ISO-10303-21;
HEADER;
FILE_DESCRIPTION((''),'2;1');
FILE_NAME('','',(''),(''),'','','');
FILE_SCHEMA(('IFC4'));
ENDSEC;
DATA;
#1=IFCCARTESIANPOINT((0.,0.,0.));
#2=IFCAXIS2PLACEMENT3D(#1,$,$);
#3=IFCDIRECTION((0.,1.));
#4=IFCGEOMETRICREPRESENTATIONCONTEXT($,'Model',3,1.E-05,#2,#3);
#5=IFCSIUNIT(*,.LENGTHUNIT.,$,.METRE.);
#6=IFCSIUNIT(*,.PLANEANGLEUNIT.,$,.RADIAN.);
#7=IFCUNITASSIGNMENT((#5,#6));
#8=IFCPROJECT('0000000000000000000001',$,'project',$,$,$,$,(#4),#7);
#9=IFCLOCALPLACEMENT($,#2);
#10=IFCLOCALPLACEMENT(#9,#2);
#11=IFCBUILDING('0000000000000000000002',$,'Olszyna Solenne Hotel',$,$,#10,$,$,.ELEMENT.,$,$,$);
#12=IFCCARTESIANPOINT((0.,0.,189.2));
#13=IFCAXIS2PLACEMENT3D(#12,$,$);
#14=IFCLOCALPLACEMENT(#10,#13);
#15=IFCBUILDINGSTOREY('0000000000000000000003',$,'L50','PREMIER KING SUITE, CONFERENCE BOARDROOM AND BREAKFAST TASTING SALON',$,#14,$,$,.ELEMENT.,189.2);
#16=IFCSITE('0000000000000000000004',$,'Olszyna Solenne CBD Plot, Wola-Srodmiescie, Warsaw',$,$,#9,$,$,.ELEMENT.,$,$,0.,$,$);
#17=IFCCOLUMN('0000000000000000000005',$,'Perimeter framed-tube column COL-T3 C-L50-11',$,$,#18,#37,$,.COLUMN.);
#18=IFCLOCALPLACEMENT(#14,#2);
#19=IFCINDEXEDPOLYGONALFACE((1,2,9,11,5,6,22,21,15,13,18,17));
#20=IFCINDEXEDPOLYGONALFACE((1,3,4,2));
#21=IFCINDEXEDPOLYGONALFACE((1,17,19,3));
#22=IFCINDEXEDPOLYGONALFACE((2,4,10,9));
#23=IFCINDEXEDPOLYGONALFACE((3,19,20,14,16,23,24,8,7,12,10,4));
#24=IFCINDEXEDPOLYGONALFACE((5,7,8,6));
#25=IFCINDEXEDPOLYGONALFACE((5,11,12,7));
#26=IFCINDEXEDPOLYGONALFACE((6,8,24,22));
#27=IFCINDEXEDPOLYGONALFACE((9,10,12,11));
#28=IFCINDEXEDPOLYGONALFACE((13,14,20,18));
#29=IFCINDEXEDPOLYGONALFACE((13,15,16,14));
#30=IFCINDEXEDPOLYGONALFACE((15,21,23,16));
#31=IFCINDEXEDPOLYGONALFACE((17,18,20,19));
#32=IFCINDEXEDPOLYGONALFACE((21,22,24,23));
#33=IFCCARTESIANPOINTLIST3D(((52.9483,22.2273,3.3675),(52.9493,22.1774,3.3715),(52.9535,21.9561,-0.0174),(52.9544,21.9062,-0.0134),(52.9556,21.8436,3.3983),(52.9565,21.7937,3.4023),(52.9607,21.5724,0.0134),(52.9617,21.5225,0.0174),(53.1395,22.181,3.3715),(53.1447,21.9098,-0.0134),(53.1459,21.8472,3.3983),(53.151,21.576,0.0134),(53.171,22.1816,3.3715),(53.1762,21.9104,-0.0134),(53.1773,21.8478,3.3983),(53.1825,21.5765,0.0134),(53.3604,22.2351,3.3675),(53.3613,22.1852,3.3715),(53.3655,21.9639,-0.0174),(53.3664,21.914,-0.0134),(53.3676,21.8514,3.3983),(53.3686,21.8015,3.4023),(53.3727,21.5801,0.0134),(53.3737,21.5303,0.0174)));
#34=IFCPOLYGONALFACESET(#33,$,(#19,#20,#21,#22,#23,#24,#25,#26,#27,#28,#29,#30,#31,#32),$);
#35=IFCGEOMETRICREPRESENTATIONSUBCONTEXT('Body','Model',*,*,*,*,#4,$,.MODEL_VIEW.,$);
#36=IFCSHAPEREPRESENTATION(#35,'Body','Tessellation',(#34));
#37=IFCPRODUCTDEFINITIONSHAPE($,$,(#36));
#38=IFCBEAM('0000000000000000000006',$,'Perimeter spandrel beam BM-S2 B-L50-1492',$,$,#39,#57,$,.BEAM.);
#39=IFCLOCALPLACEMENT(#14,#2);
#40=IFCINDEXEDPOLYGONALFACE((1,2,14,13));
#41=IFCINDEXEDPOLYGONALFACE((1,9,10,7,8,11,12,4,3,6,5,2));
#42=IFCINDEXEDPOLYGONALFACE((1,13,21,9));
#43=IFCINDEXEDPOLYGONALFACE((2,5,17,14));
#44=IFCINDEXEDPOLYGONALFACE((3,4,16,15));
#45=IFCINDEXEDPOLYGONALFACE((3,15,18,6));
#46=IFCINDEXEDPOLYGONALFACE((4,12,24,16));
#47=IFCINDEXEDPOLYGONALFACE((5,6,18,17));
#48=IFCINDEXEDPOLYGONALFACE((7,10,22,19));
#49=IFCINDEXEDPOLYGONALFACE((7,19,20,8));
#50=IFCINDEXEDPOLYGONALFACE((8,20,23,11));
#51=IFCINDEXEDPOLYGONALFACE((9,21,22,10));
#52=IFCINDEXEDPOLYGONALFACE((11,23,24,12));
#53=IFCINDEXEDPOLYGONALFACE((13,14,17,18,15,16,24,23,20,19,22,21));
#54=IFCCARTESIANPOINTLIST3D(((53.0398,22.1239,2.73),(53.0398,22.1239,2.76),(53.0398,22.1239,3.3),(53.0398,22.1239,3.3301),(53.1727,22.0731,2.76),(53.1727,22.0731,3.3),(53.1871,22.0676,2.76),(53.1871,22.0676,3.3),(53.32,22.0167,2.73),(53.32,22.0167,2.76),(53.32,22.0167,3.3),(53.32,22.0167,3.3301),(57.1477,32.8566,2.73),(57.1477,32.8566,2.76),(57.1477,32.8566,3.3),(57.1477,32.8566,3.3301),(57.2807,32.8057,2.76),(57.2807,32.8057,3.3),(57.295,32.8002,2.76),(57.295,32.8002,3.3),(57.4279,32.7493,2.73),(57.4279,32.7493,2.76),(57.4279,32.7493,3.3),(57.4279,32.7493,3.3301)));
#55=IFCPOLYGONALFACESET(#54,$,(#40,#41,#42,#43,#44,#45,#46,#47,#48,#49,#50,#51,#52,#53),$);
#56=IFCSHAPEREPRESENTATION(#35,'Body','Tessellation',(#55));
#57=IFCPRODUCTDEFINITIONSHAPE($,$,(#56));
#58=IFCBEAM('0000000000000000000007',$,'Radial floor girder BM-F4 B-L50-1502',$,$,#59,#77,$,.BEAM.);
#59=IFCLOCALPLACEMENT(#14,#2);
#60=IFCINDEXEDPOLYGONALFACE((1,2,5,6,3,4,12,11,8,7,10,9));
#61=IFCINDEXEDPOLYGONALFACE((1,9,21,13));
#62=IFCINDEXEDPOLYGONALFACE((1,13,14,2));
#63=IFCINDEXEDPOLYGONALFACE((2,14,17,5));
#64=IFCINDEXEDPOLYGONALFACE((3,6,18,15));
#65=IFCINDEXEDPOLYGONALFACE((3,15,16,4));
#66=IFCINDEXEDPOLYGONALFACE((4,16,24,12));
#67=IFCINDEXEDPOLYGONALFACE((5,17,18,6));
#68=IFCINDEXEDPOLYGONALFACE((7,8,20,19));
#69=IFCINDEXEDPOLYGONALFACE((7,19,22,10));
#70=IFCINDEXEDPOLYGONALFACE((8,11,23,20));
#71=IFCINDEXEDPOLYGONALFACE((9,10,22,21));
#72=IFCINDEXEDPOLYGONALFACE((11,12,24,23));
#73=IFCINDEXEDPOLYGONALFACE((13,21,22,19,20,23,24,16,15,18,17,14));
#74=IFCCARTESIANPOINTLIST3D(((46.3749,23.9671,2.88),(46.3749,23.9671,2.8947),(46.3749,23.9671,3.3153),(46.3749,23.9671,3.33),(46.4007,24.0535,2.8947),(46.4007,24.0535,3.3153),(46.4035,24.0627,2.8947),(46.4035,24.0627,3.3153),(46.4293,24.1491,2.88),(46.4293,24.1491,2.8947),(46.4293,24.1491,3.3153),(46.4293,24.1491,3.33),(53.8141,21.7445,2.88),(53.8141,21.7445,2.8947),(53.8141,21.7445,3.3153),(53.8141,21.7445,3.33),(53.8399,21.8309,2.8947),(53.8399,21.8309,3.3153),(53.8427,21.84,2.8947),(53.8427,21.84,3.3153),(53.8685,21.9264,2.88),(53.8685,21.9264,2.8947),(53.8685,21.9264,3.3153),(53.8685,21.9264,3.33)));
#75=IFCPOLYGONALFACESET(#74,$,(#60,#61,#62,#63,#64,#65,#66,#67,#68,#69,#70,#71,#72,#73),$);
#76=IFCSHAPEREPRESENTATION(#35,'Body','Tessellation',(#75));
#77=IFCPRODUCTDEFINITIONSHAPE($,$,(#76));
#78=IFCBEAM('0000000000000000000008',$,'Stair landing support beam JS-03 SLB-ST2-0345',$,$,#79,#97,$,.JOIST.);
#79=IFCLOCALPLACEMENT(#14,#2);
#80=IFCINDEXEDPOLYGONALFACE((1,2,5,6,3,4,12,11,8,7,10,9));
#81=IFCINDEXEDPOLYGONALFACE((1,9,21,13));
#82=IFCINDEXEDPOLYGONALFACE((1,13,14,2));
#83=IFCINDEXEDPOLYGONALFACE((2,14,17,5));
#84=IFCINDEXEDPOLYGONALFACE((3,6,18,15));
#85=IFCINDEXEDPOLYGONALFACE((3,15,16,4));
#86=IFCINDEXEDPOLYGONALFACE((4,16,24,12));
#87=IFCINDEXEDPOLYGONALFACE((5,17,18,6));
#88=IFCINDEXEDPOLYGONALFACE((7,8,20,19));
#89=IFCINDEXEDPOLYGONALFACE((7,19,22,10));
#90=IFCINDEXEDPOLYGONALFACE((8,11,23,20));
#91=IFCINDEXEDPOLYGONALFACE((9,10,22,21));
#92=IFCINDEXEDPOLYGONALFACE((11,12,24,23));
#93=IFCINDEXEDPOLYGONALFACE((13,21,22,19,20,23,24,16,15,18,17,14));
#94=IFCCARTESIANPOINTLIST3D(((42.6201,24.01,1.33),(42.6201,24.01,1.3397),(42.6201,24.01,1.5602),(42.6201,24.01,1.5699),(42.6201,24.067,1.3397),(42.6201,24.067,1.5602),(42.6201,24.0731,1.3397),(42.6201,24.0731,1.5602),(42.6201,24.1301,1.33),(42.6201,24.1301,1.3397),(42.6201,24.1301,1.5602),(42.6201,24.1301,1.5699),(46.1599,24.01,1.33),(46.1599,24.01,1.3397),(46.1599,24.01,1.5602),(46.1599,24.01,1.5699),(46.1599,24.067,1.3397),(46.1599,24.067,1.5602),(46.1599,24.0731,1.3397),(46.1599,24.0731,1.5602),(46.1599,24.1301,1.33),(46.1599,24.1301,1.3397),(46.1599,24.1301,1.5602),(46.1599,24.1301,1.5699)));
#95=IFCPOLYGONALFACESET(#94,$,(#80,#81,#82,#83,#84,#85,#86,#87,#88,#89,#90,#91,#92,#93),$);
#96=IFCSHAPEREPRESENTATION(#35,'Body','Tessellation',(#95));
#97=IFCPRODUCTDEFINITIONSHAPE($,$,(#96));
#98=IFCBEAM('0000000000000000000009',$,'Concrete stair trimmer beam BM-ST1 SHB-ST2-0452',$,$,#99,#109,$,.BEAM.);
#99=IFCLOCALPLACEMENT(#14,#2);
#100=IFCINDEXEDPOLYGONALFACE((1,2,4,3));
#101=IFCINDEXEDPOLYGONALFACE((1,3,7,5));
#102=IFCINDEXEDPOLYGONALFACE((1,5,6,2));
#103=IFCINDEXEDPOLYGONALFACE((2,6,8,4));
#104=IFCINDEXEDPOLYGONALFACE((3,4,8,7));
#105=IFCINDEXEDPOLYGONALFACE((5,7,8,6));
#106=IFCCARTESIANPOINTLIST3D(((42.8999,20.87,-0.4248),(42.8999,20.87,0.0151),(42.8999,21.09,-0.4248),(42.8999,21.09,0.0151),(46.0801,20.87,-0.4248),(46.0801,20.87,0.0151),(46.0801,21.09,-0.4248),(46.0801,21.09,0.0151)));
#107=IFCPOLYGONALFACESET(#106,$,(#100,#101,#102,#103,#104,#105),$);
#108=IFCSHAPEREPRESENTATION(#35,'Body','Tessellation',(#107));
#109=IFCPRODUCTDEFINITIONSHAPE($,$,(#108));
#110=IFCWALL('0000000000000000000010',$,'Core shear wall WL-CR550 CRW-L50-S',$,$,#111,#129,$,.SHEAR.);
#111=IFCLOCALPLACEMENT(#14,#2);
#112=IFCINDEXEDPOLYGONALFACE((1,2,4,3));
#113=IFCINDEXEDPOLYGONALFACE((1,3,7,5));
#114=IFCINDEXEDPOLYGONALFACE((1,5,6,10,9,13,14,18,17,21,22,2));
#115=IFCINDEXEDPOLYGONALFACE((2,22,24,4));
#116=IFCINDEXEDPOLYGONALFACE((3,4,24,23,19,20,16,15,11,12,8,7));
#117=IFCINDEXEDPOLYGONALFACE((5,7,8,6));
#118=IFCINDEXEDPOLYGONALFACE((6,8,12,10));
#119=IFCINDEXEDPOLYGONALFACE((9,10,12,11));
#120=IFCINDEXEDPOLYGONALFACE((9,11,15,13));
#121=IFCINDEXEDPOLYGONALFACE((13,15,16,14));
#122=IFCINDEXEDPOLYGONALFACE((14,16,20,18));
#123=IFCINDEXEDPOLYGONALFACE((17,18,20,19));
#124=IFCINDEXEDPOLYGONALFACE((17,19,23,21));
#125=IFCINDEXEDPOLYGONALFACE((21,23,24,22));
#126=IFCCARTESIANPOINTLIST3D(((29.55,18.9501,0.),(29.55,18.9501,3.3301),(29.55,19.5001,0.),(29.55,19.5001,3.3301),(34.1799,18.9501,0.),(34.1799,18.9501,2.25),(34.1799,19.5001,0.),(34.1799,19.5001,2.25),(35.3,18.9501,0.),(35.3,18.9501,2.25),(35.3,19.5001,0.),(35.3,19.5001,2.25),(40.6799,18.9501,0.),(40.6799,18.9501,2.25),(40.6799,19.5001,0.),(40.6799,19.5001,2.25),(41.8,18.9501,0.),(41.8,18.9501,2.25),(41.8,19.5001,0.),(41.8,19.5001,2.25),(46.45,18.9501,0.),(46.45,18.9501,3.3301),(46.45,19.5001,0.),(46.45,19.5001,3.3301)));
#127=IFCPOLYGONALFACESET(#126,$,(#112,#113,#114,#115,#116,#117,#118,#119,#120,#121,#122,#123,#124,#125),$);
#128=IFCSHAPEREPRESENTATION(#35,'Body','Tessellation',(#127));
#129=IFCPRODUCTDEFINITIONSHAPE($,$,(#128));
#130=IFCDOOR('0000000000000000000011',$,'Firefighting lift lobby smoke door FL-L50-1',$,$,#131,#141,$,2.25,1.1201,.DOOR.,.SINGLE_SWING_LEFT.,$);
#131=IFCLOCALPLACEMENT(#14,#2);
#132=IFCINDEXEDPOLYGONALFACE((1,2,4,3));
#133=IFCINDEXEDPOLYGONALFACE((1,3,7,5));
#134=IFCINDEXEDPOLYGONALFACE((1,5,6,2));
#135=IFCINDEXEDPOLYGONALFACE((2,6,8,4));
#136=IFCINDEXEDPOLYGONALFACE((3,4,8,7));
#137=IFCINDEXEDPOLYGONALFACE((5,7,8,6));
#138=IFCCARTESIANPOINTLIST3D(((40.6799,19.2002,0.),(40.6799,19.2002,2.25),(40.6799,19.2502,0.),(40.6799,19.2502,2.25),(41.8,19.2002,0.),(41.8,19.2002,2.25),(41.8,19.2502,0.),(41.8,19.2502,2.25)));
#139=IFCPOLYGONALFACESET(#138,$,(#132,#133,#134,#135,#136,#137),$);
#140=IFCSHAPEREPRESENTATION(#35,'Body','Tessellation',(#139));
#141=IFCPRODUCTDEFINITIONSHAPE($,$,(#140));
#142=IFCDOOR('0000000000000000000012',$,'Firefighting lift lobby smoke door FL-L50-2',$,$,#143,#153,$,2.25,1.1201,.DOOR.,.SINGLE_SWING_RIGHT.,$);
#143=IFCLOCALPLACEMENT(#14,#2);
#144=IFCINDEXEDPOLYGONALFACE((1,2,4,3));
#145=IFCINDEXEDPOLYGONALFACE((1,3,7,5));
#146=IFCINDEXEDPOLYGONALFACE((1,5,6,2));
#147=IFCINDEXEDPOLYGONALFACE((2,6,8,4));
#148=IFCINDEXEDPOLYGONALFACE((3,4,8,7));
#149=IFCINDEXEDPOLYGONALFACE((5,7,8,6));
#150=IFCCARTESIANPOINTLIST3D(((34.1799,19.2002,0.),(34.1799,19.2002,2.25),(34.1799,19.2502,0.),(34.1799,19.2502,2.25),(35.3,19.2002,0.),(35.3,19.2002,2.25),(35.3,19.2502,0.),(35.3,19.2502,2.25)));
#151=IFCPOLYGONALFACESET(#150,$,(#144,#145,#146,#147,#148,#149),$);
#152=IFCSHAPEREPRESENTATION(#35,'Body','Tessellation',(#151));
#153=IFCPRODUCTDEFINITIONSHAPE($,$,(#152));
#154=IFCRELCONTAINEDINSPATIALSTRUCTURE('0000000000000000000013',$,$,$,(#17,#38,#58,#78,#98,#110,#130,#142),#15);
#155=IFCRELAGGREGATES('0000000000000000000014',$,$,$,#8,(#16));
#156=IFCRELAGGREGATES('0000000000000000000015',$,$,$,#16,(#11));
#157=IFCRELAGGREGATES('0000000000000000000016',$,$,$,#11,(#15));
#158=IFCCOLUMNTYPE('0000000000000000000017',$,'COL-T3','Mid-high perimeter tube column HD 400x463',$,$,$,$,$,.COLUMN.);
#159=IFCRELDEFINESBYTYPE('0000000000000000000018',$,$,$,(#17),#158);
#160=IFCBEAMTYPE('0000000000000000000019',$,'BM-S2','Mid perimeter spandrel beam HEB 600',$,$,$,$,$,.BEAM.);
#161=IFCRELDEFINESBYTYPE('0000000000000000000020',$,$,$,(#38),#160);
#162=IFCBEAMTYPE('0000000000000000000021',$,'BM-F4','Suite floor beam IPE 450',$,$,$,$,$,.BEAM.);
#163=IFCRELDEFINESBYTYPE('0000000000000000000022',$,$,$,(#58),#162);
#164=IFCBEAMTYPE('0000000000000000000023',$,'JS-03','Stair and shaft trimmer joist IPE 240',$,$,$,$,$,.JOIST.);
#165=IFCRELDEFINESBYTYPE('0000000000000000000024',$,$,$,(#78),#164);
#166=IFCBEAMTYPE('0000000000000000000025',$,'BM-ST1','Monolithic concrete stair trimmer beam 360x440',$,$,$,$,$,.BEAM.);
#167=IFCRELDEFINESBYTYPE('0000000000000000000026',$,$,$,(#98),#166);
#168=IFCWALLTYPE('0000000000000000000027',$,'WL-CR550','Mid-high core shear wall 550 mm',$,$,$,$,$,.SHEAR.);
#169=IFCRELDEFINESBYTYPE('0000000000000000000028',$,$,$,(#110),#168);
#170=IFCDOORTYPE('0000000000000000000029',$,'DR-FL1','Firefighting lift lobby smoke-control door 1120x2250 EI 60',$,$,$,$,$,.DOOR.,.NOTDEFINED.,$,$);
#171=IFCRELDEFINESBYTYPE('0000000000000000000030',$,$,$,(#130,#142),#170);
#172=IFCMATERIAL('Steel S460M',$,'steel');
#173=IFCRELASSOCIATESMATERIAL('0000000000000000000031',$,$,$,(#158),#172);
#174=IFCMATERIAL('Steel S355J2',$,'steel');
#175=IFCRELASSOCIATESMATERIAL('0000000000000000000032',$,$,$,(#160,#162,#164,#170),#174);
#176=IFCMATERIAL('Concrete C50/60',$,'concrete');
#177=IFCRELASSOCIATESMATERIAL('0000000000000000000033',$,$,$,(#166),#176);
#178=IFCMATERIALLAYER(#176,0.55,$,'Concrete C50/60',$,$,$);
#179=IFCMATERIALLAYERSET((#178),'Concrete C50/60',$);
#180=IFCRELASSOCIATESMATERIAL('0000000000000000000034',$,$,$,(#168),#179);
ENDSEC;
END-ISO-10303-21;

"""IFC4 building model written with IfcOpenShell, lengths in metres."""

from ifc_helpers import new_model, si_unit, direction, frame, frame_2d, origin, origin_2d, place, context, subcontext, project, spatial, rectangle, i_section, extrude, source, transform, mapped, material, layer, layer_set, material_profile, profile_set, type_object, type_shapes, element, fill, save


model = new_model("IFC4")

# Units and contexts
model_context = context("Model", 3, precision=1e-05, world=origin(), true_north=direction((0.0, 1.0)))
body_context = subcontext(model_context, "Body", "Model", "MODEL_VIEW")
ifc_project = project(units=[si_unit("LENGTHUNIT", "METRE"), si_unit("PLANEANGLEUNIT", "RADIAN")], contexts=[model_context])

# Site, building, storey
site_placement = place(None, origin())
site = spatial("IfcSite", under=ifc_project, at=site_placement, Name="Olszyna Solenne CBD Plot, Wola-Srodmiescie, Warsaw", CompositionType="ELEMENT", RefElevation=0.0)
building_placement = place(site_placement, origin())
building = spatial("IfcBuilding", under=site, at=building_placement, Name="Olszyna Solenne Hotel", CompositionType="ELEMENT")
storey_placement = place(building_placement, frame((0.0, 0.0, 189.2)))
storey = spatial("IfcBuildingStorey", under=building, at=storey_placement, Name="L50", Description="PREMIER KING SUITE, CONFERENCE BOARDROOM AND BREAKFAST TASTING SALON", CompositionType="ELEMENT", Elevation=189.2)

# Column
ifc_material_1 = material(Name="Steel S460M", Category="steel")
ifc_material_profile_1 = material_profile(ifc_material_1, i_section(OverallWidth=0.4121, OverallDepth=0.4351, WebThickness=0.0315, FlangeThickness=0.05, at=origin_2d()), Name="HD 400x463", Category="load-bearing")
ifc_profile_set_1 = profile_set([ifc_material_profile_1], Name="Steel S460M")
column_type = type_object("IfcColumnType", Name="COL-T3", Description="Mid-high perimeter tube column HD 400x463", PredefinedType="COLUMN", material=ifc_profile_set_1)
shared_shape_1 = source(origin(), body_context, "Body", "SweptSolid", [
    extrude(i_section(OverallWidth=0.4121, OverallDepth=0.4351, WebThickness=0.0315, FlangeThickness=0.05, at=origin_2d()), origin(), (0.0, 0.0, 1.0), 3.3958),
])
column_placement = place(storey_placement, frame((53.1636, 21.7432, 0.0), z_axis=(-0.00151, 0.079874, 0.996804), x_axis=(-0.999821, -0.018899, 0.0)))
element("IfcColumn", 1, at=column_placement, inside=storey, type_object=column_type, Name="Perimeter framed-tube column COL-T3 C-L50-11", PredefinedType="COLUMN", context=body_context, shape_type="MappedRepresentation", body=[
    mapped(shared_shape_1, transform((0.0, 0.0, 0.0), x_axis=(1.0, 0.0, 0.0), y_axis=(0.0, 1.0, 0.0), z_axis=(0.0, 0.0, 1.0), scale=1.0)),
])

# Beams
ifc_material_2 = material(Name="Steel S355J2", Category="steel")
ifc_material_profile_2 = material_profile(ifc_material_2, i_section(OverallWidth=0.3, OverallDepth=0.6001, WebThickness=0.0154, FlangeThickness=0.03, at=origin_2d()), Name="HEB 600", Category="load-bearing")
ifc_profile_set_2 = profile_set([ifc_material_profile_2], Name="Steel S355J2")
beam_type_1 = type_object("IfcBeamType", Name="BM-S2", Description="Mid perimeter spandrel beam HEB 600", PredefinedType="BEAM", material=ifc_profile_set_2)
shared_shape_2 = source(origin(), body_context, "Body", "SweptSolid", [
    extrude(i_section(OverallWidth=0.3, OverallDepth=0.6001, WebThickness=0.0154, FlangeThickness=0.03, at=origin_2d()), origin(), (0.0, 0.0, 1.0), 11.4919),
])
beam_1_placement = place(storey_placement, frame((53.1799, 22.0703, 3.03), z_axis=(0.35746, 0.933929, 0.0), x_axis=(-0.933929, 0.35746, 0.0)))
element("IfcBeam", 2, at=beam_1_placement, inside=storey, type_object=beam_type_1, Name="Perimeter spandrel beam BM-S2 B-L50-1492", PredefinedType="BEAM", context=body_context, shape_type="MappedRepresentation", body=[
    mapped(shared_shape_2, transform((0.0, 0.0, 0.0), x_axis=(1.0, 0.0, 0.0), y_axis=(0.0, 1.0, 0.0), z_axis=(0.0, 0.0, 1.0), scale=1.0)),
])
ifc_material_profile_3 = material_profile(ifc_material_2, i_section(OverallWidth=0.1899, OverallDepth=0.45, WebThickness=0.0095, FlangeThickness=0.0146, at=origin_2d()), Name="IPE 450", Category="load-bearing")
ifc_profile_set_3 = profile_set([ifc_material_profile_3], Name="Steel S355J2")
beam_type_2 = type_object("IfcBeamType", Name="BM-F4", Description="Suite floor beam IPE 450", PredefinedType="BEAM", material=ifc_profile_set_3)
shared_shape_3 = source(origin(), body_context, "Body", "SweptSolid", [
    extrude(i_section(OverallWidth=0.1899, OverallDepth=0.45, WebThickness=0.0095, FlangeThickness=0.0146, at=origin_2d()), origin(), (0.0, 0.0, 1.0), 7.7642),
])
beam_2_placement = place(storey_placement, frame((53.8413, 21.8354, 3.105), z_axis=(-0.958148, 0.286272, 0.0), x_axis=(-0.286272, -0.958148, 0.0)))
element("IfcBeam", 3, at=beam_2_placement, inside=storey, type_object=beam_type_2, Name="Radial floor girder BM-F4 B-L50-1502", PredefinedType="BEAM", context=body_context, shape_type="MappedRepresentation", body=[
    mapped(shared_shape_3, transform((0.0, 0.0, 0.0), x_axis=(1.0, 0.0, 0.0), y_axis=(0.0, 1.0, 0.0), z_axis=(0.0, 0.0, 1.0), scale=1.0)),
])
ifc_material_profile_4 = material_profile(ifc_material_2, i_section(OverallWidth=0.1201, OverallDepth=0.24, WebThickness=0.0061, FlangeThickness=0.0098, at=origin_2d()), Name="IPE 240", Category="load-bearing")
ifc_profile_set_4 = profile_set([ifc_material_profile_4], Name="Steel S355J2")
beam_type_3 = type_object("IfcBeamType", Name="JS-03", Description="Stair and shaft trimmer joist IPE 240", PredefinedType="JOIST", material=ifc_profile_set_4)
shared_shape_4 = source(origin(), body_context, "Body", "SweptSolid", [
    extrude(i_section(OverallWidth=0.1201, OverallDepth=0.24, WebThickness=0.0061, FlangeThickness=0.0098, at=origin_2d()), origin(), (0.0, 0.0, 1.0), 3.5398),
])
beam_3_placement = place(storey_placement, frame((46.1599, 24.0701, 1.45), z_axis=(-1.0, 0.0, 0.0), x_axis=(0.0, -1.0, 0.0)))
element("IfcBeam", 4, at=beam_3_placement, inside=storey, type_object=beam_type_3, Name="Stair landing support beam JS-03 SLB-ST2-0345", PredefinedType="JOIST", context=body_context, shape_type="MappedRepresentation", body=[
    mapped(shared_shape_4, transform((0.0, 0.0, 0.0), x_axis=(1.0, 0.0, 0.0), y_axis=(0.0, 1.0, 0.0), z_axis=(0.0, 0.0, 1.0), scale=1.0)),
])
ifc_material_3 = material(Name="Concrete C50/60", Category="concrete")
ifc_material_profile_5 = material_profile(ifc_material_3, rectangle(XDim=0.22, YDim=0.4399, at=origin_2d()), Name="RC 220x440", Category="load-bearing")
ifc_profile_set_5 = profile_set([ifc_material_profile_5], Name="Concrete C50/60")
beam_type_4 = type_object("IfcBeamType", Name="BM-ST1", Description="Monolithic concrete stair trimmer beam 360x440", PredefinedType="BEAM", material=ifc_profile_set_5)
shared_shape_5 = source(origin(), body_context, "Body", "SweptSolid", [
    extrude(rectangle(XDim=0.22, YDim=0.4399, at=origin_2d()), origin(), (0.0, 0.0, 1.0), 3.1802),
])
beam_4_placement = place(storey_placement, frame((46.0801, 20.98, -0.2048), z_axis=(-1.0, 0.0, 0.0), x_axis=(0.0, -1.0, 0.0)))
element("IfcBeam", 5, at=beam_4_placement, inside=storey, type_object=beam_type_4, Name="Concrete stair trimmer beam BM-ST1 SHB-ST2-0452", PredefinedType="BEAM", context=body_context, shape_type="MappedRepresentation", body=[
    mapped(shared_shape_5, transform((0.0, 0.0, 0.0), x_axis=(1.0, 0.0, 0.0), y_axis=(0.0, 1.0, 0.0), z_axis=(0.0, 0.0, 1.0), scale=1.0)),
])

# Wall, openings, doors
ifc_layer_1 = layer(ifc_material_3, 0.55, Name="Concrete C50/60")
ifc_layer_set_1 = layer_set([ifc_layer_1], Name="Concrete C50/60")
wall_type_1 = type_object("IfcWallType", Name="WL-CR550", Description="Mid-high core shear wall 550 mm", PredefinedType="SHEAR", material=ifc_layer_set_1)
wall_1_placement = place(storey_placement, frame((46.45, 19.2251, 0.0), z_axis=(0.0, 0.0, 1.0), x_axis=(-1.0, 0.0, 0.0)))
wall_1 = element("IfcWall", 6, at=wall_1_placement, inside=storey, type_object=wall_type_1, Name="Core shear wall WL-CR550 CRW-L50-S", PredefinedType="SHEAR", context=body_context, shape_type="SweptSolid", body=[
    extrude(rectangle(XDim=16.8999, YDim=0.55, at=frame_2d((8.45, 0.0))), origin(), (0.0, 0.0, 1.0), 3.3301),
])
opening_1_placement = place(wall_1_placement, frame((4.6499, 0.0, 0.0)))
opening_1 = element("IfcOpeningElement", 7, at=opening_1_placement, cuts=wall_1, PredefinedType="OPENING", context=body_context, shape_type="SweptSolid", body=[
    extrude(rectangle(XDim=1.1201, YDim=2.25, at=frame_2d((0.5601, 1.125))), frame((0.0, 0.2852, 0.0), z_axis=(0.0, -1.0, 0.0), x_axis=(1.0, 0.0, 0.0)), (0.0, 0.0, 1.0), 0.5701),
])
opening_2_placement = place(wall_1_placement, frame((11.1499, 0.0, 0.0)))
opening_2 = element("IfcOpeningElement", 8, at=opening_2_placement, cuts=wall_1, PredefinedType="OPENING", context=body_context, shape_type="SweptSolid", body=[
    extrude(rectangle(XDim=1.1201, YDim=2.25, at=frame_2d((0.5601, 1.125))), frame((0.0, 0.2852, 0.0), z_axis=(0.0, -1.0, 0.0), x_axis=(1.0, 0.0, 0.0)), (0.0, 0.0, 1.0), 0.5701),
])
door_type_1 = type_object("IfcDoorType", Name="DR-FL1", Description="Firefighting lift lobby smoke-control door 1120x2250 EI 60", OperationType="NOTDEFINED", PredefinedType="DOOR", material=ifc_material_2)
shared_shape_6 = source(origin(), body_context, "Body", "SweptSolid", [
    extrude(rectangle(XDim=1.1201, YDim=2.25, at=frame_2d((0.5601, 1.125))), frame((0.0, 0.0249, 0.0), z_axis=(0.0, -1.0, 0.0), x_axis=(1.0, 0.0, 0.0)), (0.0, 0.0, 1.0), 0.05),
])
type_shapes(door_type_1, [shared_shape_6])
door_1_placement = place(opening_1_placement, origin())
door_1 = element("IfcDoor", 9, at=door_1_placement, inside=storey, type_object=door_type_1, Name="Firefighting lift lobby smoke door FL-L50-1", OperationType="SINGLE_SWING_LEFT", OverallHeight=2.25, OverallWidth=1.1201, PredefinedType="DOOR", context=body_context, shape_type="MappedRepresentation", body=[
    mapped(shared_shape_6, transform((0.0, 0.0, 0.0), x_axis=(1.0, 0.0, 0.0), y_axis=(0.0, 1.0, 0.0), z_axis=(0.0, 0.0, 1.0), scale=1.0)),
])
fill(opening_1, door_1)
door_2_placement = place(opening_2_placement, origin())
door_2 = element("IfcDoor", 10, at=door_2_placement, inside=storey, type_object=door_type_1, Name="Firefighting lift lobby smoke door FL-L50-2", OperationType="SINGLE_SWING_RIGHT", OverallHeight=2.25, OverallWidth=1.1201, PredefinedType="DOOR", context=body_context, shape_type="MappedRepresentation", body=[
    mapped(shared_shape_6, transform((0.0, 0.0, 0.0), x_axis=(1.0, 0.0, 0.0), y_axis=(0.0, 1.0, 0.0), z_axis=(0.0, 0.0, 1.0), scale=1.0)),
])
fill(opening_2, door_2)

save(model, "model.ifc")
